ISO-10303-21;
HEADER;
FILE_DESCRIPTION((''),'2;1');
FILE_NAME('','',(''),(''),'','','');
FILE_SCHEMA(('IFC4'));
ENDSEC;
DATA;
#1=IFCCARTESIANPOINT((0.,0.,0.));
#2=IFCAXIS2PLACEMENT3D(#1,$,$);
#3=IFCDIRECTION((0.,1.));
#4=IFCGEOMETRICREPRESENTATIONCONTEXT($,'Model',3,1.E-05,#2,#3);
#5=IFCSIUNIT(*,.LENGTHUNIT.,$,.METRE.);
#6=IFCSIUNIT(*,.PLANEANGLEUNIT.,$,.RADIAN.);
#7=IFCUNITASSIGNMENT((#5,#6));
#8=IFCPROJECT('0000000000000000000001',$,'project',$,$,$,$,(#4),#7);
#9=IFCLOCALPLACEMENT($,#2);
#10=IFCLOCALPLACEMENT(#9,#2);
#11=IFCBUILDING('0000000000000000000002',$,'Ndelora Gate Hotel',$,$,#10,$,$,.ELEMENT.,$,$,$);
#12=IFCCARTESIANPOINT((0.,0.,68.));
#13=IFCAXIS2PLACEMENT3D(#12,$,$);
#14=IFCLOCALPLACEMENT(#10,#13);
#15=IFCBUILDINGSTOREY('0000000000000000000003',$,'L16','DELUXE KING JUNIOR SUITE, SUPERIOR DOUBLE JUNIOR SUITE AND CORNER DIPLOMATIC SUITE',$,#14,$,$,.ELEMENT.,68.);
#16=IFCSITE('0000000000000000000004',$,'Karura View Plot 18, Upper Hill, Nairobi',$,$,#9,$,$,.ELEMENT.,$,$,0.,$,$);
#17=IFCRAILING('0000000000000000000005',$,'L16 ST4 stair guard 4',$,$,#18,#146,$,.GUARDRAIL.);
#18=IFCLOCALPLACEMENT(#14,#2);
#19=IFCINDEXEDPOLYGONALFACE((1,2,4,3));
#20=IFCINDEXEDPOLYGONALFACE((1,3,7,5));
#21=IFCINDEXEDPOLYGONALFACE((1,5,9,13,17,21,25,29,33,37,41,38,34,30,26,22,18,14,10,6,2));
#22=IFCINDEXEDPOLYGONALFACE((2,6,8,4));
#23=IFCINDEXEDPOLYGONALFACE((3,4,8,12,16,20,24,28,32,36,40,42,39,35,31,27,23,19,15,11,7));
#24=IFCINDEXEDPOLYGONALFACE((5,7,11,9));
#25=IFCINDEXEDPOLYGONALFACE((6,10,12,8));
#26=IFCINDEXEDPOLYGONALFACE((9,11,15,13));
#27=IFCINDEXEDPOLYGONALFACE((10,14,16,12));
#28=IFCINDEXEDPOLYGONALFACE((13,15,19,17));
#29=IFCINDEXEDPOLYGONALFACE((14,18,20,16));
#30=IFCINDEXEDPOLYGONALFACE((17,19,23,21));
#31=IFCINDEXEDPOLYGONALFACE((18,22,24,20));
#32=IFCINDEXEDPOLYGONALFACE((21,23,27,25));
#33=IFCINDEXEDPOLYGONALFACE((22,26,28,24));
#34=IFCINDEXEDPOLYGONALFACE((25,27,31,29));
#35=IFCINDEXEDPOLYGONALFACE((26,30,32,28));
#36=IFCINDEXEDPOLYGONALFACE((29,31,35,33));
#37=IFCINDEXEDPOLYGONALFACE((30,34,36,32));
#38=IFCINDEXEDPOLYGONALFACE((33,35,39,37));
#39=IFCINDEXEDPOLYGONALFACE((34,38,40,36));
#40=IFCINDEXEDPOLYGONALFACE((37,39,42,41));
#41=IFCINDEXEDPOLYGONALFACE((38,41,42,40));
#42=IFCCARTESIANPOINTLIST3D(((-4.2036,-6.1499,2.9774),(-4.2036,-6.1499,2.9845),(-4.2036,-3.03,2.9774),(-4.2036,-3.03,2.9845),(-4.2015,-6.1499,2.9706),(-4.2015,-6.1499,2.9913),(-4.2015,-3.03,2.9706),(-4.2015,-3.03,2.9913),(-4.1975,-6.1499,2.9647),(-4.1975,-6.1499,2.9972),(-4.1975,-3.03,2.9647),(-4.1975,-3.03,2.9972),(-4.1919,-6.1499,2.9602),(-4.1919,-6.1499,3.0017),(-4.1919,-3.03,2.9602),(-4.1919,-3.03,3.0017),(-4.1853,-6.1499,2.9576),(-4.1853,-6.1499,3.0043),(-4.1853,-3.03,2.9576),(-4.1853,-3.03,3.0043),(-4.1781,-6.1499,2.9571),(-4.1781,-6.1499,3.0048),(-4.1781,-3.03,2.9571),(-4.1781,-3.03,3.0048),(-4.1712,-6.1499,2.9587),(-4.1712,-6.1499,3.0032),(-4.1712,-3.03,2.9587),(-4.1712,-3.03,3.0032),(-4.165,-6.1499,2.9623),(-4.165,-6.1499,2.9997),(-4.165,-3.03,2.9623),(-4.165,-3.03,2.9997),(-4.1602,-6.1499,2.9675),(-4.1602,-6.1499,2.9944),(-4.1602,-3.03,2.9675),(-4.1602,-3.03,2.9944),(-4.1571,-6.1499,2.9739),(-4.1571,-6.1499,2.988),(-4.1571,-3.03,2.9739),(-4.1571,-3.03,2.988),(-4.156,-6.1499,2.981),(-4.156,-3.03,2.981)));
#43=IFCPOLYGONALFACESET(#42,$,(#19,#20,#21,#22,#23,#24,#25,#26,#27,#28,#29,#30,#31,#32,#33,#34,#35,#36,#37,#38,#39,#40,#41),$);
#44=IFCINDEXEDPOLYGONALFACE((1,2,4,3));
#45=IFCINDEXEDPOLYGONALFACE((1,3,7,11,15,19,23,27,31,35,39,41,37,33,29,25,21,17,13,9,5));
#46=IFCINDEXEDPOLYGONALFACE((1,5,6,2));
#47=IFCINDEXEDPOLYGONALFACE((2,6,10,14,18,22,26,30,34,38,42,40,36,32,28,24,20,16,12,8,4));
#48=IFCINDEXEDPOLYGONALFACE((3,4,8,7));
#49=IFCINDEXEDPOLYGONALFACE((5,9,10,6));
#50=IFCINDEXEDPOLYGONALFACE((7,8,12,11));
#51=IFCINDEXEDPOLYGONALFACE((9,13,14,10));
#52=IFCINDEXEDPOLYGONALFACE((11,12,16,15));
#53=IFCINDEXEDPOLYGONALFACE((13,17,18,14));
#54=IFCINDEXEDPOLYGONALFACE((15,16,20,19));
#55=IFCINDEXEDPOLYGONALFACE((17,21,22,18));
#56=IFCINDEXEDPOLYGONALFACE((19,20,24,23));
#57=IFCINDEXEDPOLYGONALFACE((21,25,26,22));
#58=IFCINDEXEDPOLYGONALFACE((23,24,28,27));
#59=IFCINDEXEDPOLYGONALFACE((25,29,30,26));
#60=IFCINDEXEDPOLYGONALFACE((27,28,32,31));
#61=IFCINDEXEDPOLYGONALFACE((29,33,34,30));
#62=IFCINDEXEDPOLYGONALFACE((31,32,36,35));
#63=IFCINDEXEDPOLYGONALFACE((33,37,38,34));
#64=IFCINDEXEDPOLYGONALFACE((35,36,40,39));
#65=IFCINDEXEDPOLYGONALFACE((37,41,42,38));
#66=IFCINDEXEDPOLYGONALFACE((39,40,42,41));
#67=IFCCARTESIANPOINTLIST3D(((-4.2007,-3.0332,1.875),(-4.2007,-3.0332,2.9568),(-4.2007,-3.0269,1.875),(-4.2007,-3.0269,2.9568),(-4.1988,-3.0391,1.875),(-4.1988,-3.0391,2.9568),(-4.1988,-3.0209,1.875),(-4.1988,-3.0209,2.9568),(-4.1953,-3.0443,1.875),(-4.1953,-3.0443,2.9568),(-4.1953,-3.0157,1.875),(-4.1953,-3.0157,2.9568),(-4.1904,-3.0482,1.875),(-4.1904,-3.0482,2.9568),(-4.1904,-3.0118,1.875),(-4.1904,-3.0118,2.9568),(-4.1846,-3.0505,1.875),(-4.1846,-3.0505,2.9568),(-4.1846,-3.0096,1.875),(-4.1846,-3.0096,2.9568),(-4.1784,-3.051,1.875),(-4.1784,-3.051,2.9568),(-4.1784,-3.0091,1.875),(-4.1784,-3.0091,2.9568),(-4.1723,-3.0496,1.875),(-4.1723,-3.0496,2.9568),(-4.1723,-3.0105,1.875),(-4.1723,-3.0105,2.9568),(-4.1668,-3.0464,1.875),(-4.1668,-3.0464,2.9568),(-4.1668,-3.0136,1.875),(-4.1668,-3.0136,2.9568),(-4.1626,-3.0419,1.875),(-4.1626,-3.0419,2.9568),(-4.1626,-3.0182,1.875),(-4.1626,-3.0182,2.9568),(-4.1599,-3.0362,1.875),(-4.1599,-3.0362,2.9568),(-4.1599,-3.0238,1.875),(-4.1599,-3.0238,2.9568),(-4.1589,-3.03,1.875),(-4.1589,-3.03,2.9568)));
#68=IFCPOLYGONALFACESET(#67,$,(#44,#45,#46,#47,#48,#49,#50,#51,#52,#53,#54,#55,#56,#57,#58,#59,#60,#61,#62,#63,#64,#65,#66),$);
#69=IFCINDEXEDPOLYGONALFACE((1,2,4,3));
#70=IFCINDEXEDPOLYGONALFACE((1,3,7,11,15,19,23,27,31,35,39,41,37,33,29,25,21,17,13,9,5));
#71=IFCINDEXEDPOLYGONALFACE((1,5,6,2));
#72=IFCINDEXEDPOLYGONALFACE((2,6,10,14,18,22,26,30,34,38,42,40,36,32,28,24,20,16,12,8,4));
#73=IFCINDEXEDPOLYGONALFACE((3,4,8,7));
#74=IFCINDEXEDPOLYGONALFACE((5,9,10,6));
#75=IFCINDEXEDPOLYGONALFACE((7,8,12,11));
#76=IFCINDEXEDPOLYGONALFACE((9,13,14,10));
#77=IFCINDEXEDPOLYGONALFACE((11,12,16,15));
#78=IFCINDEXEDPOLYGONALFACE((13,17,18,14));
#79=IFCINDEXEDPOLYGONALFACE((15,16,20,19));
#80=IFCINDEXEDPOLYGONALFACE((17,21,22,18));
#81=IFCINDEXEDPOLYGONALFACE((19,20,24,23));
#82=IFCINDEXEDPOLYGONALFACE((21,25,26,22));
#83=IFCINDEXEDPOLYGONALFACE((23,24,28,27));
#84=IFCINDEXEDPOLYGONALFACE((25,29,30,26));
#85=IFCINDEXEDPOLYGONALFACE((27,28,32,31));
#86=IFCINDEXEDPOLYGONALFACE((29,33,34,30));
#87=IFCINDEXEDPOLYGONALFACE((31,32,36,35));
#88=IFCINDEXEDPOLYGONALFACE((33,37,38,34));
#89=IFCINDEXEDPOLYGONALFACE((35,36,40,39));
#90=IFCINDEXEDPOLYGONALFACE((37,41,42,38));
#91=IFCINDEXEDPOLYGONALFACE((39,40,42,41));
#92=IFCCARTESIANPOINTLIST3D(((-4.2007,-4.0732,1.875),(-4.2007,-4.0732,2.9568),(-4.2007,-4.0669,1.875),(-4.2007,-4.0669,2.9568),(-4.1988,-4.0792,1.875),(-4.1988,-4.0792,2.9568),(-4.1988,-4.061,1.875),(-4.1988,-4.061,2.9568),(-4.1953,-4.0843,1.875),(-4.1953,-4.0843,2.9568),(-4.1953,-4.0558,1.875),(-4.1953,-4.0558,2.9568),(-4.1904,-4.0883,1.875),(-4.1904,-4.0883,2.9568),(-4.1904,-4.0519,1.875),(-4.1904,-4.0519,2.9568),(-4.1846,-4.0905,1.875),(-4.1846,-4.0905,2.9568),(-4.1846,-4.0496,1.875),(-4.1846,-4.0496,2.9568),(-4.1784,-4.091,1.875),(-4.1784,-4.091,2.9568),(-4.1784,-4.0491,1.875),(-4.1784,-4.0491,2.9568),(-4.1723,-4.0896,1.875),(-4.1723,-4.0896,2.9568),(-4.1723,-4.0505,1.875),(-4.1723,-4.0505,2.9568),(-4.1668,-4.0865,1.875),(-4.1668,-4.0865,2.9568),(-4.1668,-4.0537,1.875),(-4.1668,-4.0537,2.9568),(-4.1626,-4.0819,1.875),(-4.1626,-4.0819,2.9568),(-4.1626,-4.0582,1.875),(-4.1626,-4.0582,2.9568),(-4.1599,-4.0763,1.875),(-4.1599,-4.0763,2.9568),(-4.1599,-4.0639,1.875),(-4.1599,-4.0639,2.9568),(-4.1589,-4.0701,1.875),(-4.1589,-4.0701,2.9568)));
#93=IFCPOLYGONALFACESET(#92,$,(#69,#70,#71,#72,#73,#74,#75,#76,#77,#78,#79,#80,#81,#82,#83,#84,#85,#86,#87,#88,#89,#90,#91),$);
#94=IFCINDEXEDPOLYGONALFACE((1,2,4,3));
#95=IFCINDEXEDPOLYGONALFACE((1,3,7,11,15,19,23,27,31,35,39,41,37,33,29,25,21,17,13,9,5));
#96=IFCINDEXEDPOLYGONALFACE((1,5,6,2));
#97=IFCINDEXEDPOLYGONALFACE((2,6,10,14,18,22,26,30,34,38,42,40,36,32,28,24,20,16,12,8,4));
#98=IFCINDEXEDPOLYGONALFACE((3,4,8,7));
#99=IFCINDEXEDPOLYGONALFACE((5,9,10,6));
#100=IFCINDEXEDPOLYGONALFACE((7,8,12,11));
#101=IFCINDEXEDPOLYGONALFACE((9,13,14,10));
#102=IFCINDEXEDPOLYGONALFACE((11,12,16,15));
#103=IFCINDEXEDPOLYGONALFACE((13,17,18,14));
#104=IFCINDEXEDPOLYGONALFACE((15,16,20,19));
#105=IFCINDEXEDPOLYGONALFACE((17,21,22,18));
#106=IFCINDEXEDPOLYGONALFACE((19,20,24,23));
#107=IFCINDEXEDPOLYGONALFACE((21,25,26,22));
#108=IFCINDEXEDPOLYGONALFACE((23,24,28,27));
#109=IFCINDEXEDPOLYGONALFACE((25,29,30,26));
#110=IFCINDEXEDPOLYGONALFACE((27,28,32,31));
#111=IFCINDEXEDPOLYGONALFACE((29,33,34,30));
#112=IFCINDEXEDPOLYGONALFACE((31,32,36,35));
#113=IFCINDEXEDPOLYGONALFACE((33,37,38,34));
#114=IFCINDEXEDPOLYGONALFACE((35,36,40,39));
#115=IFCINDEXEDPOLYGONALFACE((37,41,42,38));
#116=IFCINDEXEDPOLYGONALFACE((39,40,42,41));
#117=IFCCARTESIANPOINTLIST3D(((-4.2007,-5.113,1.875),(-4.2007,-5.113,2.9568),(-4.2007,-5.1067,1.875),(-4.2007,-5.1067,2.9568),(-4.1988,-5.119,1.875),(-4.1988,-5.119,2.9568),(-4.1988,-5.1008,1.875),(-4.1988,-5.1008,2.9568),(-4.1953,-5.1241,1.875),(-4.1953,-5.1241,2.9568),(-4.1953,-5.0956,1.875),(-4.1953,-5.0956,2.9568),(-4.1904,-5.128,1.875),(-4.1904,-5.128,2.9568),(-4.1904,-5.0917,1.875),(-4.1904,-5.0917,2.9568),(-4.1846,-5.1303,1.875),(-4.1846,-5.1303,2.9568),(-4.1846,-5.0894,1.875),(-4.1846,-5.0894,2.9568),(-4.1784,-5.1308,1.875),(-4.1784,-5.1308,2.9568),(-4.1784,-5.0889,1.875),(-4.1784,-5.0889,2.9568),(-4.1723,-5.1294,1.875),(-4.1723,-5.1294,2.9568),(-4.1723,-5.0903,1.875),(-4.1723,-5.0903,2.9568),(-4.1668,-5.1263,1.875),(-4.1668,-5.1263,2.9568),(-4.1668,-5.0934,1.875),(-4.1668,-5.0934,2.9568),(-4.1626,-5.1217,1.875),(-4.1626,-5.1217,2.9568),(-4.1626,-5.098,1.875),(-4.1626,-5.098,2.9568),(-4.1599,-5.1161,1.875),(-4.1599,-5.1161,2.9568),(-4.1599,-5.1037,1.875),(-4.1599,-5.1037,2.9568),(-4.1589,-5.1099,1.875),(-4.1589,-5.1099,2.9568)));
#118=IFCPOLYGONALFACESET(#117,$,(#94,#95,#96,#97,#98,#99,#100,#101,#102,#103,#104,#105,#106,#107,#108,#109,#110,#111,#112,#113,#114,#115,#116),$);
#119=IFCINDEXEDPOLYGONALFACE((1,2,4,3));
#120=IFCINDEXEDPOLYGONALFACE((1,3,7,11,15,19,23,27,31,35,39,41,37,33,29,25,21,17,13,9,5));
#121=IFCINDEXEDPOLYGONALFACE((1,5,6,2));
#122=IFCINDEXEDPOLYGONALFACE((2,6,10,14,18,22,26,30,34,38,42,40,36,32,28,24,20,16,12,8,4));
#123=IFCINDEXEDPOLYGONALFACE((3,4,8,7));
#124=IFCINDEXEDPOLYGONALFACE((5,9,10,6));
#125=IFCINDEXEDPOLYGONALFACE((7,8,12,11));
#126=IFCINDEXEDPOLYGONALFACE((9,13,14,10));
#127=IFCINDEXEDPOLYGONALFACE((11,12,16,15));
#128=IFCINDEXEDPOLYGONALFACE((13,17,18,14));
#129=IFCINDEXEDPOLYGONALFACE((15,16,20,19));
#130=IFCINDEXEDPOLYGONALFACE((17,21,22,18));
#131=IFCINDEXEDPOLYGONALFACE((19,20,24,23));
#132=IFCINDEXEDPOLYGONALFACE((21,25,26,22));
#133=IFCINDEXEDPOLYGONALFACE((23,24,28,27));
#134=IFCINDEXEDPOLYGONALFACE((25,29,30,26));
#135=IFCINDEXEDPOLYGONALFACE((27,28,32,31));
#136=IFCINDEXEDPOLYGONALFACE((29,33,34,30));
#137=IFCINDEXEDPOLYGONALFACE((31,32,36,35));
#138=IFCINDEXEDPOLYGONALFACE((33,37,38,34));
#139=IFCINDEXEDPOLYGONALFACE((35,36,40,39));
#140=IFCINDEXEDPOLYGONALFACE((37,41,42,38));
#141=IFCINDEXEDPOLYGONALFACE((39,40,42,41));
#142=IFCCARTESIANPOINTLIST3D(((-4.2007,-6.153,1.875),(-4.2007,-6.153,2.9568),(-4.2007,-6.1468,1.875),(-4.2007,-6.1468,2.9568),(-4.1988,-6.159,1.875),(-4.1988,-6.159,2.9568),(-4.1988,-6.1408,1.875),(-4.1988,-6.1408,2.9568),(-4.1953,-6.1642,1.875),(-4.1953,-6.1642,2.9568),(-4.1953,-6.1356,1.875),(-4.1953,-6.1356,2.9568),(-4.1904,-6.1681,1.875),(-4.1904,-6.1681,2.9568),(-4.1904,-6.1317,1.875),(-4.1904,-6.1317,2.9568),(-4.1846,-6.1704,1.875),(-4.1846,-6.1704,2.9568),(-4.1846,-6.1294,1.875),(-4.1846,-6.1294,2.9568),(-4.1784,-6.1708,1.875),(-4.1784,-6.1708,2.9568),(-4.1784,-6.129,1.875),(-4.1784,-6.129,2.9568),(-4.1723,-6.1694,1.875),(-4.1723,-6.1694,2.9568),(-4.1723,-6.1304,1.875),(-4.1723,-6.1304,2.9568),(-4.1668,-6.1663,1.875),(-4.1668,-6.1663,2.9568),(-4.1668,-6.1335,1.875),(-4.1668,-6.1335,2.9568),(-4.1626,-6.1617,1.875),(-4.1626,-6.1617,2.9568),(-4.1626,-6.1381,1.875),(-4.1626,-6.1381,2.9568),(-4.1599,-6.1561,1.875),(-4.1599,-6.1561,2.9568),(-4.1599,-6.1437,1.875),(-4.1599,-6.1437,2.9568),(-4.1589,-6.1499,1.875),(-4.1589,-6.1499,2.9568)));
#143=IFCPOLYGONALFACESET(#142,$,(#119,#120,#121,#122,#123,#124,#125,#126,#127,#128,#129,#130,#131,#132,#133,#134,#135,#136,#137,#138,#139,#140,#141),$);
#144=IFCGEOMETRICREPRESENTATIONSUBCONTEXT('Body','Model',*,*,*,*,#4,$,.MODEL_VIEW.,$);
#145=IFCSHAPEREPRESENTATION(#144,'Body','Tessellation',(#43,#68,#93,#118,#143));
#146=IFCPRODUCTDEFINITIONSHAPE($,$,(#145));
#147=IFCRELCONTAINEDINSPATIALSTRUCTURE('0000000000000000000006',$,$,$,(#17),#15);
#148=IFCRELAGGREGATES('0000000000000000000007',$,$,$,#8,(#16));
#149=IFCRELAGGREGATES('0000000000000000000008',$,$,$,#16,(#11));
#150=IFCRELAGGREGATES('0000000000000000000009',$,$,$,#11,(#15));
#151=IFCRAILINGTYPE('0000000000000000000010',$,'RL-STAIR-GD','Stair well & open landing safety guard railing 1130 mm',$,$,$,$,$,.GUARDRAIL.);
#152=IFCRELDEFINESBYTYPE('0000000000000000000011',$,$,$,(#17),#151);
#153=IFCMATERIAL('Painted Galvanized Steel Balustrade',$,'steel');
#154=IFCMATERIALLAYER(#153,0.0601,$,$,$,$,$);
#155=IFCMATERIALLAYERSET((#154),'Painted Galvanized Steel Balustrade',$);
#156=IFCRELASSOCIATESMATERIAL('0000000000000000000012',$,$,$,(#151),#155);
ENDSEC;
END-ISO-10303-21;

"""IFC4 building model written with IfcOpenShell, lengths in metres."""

from ifc_helpers import new_model, si_unit, direction, frame, origin, origin_2d, place, context, subcontext, project, spatial, circle, extrude, material, layer, layer_set, type_object, element, save


model = new_model("IFC4")

# Units and contexts
model_context = context("Model", 3, precision=1e-05, world=origin(), true_north=direction((0.0, 1.0)))
body_context = subcontext(model_context, "Body", "Model", "MODEL_VIEW")
ifc_project = project(units=[si_unit("LENGTHUNIT", "METRE"), si_unit("PLANEANGLEUNIT", "RADIAN")], contexts=[model_context])

# Site, building, storey
site_placement = place(None, origin())
site = spatial("IfcSite", under=ifc_project, at=site_placement, Name="Karura View Plot 18, Upper Hill, Nairobi", CompositionType="ELEMENT", RefElevation=0.0)
building_placement = place(site_placement, origin())
building = spatial("IfcBuilding", under=site, at=building_placement, Name="Ndelora Gate Hotel", CompositionType="ELEMENT")
storey_placement = place(building_placement, frame((0.0, 0.0, 68.0)))
storey = spatial("IfcBuildingStorey", under=building, at=storey_placement, Name="L16", Description="DELUXE KING JUNIOR SUITE, SUPERIOR DOUBLE JUNIOR SUITE AND CORNER DIPLOMATIC SUITE", CompositionType="ELEMENT", Elevation=68.0)

# Railing
ifc_material_1 = material(Name="Painted Galvanized Steel Balustrade", Category="steel")
ifc_layer_1 = layer(ifc_material_1, 0.0601)
ifc_layer_set_1 = layer_set([ifc_layer_1], Name="Painted Galvanized Steel Balustrade")
railing_type_1 = type_object("IfcRailingType", Name="RL-STAIR-GD", Description="Stair well & open landing safety guard railing 1130 mm", PredefinedType="GUARDRAIL", material=ifc_layer_set_1)
for number, where, name in (
    (1, (-4.1799, -3.03, 1.875), "L16 ST4 stair guard 4"),
):
    element("IfcRailing", number, at=place(storey_placement, frame(where)), inside=storey, type_object=railing_type_1, Name=name, PredefinedType="GUARDRAIL", context=body_context, shape_type="SweptSolid", body=[
        extrude(circle(Radius=0.0239, at=origin_2d()), frame((0.0, 0.0, 1.106), z_axis=(0.0, -1.0, 0.0), x_axis=(1.0, 0.0, 0.0)), (0.0, 0.0, 1.0), 3.1199),
        extrude(circle(Radius=0.021, at=origin_2d()), origin(), (0.0, 0.0, 1.0), 1.0818),
        extrude(circle(Radius=0.021, at=origin_2d()), frame((0.0, -1.04, 0.0)), (0.0, 0.0, 1.0), 1.0818),
        extrude(circle(Radius=0.021, at=origin_2d()), frame((0.0, -2.0798, 0.0)), (0.0, 0.0, 1.0), 1.0818),
        extrude(circle(Radius=0.021, at=origin_2d()), frame((0.0, -3.1199, 0.0)), (0.0, 0.0, 1.0), 1.0818),
    ])

save(model, "model.ifc")
